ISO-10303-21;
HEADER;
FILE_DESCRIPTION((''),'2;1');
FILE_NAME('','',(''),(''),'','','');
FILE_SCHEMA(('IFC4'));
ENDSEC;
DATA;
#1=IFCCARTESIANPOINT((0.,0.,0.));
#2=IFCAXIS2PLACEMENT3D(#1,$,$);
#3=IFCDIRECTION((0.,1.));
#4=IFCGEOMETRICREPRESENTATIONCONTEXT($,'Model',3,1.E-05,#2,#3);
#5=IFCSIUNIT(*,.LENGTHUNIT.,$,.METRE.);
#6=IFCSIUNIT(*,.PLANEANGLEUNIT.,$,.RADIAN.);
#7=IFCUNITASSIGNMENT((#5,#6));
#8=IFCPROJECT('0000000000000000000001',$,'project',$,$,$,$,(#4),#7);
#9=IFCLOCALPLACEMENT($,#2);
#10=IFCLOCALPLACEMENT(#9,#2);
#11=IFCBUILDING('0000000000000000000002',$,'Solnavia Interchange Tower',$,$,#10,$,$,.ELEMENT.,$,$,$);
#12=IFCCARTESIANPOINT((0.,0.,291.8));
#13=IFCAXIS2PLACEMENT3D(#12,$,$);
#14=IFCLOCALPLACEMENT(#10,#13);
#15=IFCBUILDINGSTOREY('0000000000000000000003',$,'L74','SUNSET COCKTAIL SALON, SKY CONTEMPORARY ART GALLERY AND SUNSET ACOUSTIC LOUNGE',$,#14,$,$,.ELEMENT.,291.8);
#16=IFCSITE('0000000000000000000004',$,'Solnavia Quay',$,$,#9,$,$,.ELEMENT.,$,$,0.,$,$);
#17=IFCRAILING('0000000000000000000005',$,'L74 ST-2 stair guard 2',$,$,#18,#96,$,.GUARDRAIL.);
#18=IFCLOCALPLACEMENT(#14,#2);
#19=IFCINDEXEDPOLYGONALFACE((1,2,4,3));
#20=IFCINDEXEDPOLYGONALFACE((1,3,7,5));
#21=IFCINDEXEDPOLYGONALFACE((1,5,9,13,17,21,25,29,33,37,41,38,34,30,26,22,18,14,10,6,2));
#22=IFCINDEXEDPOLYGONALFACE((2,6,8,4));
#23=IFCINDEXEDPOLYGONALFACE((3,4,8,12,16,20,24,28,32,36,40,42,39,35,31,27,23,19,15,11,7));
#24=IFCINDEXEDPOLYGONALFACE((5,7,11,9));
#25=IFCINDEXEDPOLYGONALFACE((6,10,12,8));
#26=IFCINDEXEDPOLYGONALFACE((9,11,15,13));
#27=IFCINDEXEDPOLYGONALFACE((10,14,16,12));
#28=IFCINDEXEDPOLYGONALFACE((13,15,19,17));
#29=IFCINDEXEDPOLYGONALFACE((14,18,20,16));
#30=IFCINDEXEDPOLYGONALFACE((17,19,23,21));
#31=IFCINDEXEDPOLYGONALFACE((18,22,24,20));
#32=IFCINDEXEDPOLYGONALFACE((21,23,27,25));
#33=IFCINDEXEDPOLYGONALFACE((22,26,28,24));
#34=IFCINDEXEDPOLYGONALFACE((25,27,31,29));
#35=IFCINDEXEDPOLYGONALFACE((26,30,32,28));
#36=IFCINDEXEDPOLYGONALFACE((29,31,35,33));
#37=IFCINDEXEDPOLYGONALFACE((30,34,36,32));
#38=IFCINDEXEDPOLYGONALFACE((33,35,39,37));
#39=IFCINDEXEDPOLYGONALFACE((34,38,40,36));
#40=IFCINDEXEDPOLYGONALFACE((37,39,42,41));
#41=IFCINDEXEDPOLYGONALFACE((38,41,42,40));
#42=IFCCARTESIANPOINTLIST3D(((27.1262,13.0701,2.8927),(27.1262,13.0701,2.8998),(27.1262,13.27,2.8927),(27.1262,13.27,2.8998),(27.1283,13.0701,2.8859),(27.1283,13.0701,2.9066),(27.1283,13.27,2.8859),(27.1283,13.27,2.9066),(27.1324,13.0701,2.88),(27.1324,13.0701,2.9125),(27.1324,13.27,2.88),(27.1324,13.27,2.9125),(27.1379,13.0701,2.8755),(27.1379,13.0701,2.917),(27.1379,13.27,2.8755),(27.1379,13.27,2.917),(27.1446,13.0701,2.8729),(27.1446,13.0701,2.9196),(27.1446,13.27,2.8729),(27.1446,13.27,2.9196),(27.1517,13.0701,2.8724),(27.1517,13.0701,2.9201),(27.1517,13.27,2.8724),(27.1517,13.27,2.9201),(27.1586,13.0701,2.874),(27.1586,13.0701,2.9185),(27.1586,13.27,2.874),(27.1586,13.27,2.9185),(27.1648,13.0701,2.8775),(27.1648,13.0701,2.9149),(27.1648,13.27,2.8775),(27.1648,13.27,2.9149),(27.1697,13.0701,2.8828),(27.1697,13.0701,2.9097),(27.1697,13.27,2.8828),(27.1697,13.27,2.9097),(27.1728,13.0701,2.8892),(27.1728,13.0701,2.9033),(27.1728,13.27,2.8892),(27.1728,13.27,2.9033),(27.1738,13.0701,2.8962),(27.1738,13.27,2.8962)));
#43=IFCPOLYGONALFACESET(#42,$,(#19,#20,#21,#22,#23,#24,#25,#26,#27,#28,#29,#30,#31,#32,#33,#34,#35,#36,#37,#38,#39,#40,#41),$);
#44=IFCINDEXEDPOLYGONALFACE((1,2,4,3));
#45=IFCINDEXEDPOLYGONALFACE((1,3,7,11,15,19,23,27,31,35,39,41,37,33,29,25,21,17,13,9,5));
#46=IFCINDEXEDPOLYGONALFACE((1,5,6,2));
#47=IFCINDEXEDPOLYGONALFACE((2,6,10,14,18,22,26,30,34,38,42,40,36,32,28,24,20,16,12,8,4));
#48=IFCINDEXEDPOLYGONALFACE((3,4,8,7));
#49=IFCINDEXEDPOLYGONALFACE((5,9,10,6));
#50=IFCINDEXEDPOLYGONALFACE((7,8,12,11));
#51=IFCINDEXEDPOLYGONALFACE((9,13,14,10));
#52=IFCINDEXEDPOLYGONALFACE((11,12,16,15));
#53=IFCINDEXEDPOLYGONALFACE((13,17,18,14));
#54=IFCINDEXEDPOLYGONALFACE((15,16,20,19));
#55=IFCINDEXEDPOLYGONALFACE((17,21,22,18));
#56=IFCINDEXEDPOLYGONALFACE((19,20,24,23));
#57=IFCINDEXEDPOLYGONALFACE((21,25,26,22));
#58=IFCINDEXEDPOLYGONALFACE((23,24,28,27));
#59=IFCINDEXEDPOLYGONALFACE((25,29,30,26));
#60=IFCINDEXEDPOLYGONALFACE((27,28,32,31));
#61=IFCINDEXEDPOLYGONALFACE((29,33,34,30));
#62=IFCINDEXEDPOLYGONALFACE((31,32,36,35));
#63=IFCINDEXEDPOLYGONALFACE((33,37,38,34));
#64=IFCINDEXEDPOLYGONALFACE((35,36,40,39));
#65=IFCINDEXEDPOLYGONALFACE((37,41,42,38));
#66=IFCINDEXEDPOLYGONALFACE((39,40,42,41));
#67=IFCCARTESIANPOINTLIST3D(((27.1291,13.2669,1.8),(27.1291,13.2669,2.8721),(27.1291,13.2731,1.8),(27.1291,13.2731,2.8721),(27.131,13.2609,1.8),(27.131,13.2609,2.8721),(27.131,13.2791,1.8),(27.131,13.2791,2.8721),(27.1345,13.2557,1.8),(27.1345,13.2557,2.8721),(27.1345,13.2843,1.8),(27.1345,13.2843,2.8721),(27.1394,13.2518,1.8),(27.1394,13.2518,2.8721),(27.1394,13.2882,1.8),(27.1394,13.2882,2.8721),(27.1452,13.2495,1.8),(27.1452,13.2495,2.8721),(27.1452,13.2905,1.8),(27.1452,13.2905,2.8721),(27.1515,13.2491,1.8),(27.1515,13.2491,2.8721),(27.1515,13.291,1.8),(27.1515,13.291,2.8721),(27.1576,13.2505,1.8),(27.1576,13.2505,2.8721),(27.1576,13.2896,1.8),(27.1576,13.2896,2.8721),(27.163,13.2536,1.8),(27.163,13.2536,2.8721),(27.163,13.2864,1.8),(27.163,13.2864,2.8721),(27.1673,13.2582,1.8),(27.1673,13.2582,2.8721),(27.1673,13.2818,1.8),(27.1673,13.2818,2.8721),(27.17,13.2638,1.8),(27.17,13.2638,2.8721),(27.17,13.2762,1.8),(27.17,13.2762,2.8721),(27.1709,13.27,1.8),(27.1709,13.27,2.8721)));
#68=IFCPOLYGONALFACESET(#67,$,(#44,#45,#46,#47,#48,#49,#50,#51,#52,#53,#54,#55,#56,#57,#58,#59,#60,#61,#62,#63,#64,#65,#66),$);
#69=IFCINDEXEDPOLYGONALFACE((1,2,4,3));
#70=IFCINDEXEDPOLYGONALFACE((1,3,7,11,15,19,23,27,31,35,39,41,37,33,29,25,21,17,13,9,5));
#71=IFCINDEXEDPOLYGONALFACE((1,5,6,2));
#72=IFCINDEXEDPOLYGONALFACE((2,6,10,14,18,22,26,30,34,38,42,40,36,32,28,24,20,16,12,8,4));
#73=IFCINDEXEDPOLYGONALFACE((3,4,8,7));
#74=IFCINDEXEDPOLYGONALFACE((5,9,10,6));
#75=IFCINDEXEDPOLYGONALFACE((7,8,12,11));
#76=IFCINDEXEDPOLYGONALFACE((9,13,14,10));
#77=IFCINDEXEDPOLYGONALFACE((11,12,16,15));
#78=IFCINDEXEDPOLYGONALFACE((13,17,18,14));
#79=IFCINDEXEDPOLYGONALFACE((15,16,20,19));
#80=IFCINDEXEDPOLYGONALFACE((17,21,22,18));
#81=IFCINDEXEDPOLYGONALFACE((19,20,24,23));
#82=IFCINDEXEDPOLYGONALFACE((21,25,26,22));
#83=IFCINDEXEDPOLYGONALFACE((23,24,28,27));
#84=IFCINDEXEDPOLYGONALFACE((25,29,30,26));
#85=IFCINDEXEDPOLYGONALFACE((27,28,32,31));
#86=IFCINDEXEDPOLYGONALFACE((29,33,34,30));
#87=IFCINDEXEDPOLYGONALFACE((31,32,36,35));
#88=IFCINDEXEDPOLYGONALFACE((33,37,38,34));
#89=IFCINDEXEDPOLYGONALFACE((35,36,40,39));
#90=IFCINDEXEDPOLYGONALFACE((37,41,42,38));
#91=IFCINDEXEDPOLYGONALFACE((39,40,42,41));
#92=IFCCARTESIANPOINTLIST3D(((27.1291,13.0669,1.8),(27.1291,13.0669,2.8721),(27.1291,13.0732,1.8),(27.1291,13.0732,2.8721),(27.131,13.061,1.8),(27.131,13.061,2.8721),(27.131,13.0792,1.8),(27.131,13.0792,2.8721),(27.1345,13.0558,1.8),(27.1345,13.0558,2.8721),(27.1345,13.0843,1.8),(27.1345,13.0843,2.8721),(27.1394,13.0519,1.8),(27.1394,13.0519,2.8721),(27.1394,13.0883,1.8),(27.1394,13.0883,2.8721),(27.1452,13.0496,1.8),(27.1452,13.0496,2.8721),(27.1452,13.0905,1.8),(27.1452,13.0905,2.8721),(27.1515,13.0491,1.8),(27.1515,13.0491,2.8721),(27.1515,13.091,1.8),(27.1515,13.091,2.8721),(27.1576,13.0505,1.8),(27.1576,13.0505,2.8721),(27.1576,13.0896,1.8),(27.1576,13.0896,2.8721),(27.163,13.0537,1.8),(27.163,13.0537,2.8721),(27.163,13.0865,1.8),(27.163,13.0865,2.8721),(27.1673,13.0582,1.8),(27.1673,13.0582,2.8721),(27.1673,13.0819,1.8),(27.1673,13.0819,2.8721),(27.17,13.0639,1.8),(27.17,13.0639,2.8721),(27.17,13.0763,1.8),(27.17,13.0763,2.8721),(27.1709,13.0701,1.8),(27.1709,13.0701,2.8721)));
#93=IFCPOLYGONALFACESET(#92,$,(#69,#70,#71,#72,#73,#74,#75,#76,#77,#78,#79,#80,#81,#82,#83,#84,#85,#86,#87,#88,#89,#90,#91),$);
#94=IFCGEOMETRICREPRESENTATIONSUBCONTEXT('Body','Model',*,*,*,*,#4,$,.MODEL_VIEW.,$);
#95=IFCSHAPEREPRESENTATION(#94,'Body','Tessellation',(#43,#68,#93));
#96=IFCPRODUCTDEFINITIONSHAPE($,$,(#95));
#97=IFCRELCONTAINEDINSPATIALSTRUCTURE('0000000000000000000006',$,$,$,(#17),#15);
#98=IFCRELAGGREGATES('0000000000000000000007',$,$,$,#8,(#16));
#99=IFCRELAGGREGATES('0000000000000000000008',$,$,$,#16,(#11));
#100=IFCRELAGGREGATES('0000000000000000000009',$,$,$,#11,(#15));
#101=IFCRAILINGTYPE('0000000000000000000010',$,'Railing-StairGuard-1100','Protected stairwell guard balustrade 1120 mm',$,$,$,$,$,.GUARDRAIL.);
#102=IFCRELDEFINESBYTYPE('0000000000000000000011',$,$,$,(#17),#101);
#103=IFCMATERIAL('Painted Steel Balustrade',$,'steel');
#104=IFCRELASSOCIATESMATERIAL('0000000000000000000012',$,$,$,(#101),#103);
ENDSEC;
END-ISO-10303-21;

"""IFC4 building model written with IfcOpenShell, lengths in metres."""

from ifc_helpers import new_model, si_unit, direction, frame, origin, origin_2d, place, context, subcontext, project, spatial, circle, extrude, material, type_object, element, save


model = new_model("IFC4")

# Units and contexts
model_context = context("Model", 3, precision=1e-05, world=origin(), true_north=direction((0.0, 1.0)))
body_context = subcontext(model_context, "Body", "Model", "MODEL_VIEW")
ifc_project = project(units=[si_unit("LENGTHUNIT", "METRE"), si_unit("PLANEANGLEUNIT", "RADIAN")], contexts=[model_context])

# Site, building, storey
site_placement = place(None, origin())
site = spatial("IfcSite", under=ifc_project, at=site_placement, Name="Solnavia Quay", CompositionType="ELEMENT", RefElevation=0.0)
building_placement = place(site_placement, origin())
building = spatial("IfcBuilding", under=site, at=building_placement, Name="Solnavia Interchange Tower", CompositionType="ELEMENT")
storey_placement = place(building_placement, frame((0.0, 0.0, 291.8)))
storey = spatial("IfcBuildingStorey", under=building, at=storey_placement, Name="L74", Description="SUNSET COCKTAIL SALON, SKY CONTEMPORARY ART GALLERY AND SUNSET ACOUSTIC LOUNGE", CompositionType="ELEMENT", Elevation=291.8)

# Railing
ifc_material_1 = material(Name="Painted Steel Balustrade", Category="steel")
railing_type_1 = type_object("IfcRailingType", Name="Railing-StairGuard-1100", Description="Protected stairwell guard balustrade 1120 mm", PredefinedType="GUARDRAIL", material=ifc_material_1)
railing_1_placement = place(storey_placement, frame((27.1499, 13.27, 1.8)))
element("IfcRailing", 1, at=railing_1_placement, inside=storey, type_object=railing_type_1, Name="L74 ST-2 stair guard 2", PredefinedType="GUARDRAIL", context=body_context, shape_type="SweptSolid", body=[
    extrude(circle(Radius=0.0239, at=origin_2d()), frame((0.0, 0.0, 1.0962), z_axis=(0.0, -1.0, 0.0), x_axis=(1.0, 0.0, 0.0)), (0.0, 0.0, 1.0), 0.2),
    extrude(circle(Radius=0.021, at=origin_2d()), origin(), (0.0, 0.0, 1.0), 1.072),
    extrude(circle(Radius=0.021, at=origin_2d()), frame((0.0, -0.2, 0.0)), (0.0, 0.0, 1.0), 1.072),
])

save(model, "model.ifc")
